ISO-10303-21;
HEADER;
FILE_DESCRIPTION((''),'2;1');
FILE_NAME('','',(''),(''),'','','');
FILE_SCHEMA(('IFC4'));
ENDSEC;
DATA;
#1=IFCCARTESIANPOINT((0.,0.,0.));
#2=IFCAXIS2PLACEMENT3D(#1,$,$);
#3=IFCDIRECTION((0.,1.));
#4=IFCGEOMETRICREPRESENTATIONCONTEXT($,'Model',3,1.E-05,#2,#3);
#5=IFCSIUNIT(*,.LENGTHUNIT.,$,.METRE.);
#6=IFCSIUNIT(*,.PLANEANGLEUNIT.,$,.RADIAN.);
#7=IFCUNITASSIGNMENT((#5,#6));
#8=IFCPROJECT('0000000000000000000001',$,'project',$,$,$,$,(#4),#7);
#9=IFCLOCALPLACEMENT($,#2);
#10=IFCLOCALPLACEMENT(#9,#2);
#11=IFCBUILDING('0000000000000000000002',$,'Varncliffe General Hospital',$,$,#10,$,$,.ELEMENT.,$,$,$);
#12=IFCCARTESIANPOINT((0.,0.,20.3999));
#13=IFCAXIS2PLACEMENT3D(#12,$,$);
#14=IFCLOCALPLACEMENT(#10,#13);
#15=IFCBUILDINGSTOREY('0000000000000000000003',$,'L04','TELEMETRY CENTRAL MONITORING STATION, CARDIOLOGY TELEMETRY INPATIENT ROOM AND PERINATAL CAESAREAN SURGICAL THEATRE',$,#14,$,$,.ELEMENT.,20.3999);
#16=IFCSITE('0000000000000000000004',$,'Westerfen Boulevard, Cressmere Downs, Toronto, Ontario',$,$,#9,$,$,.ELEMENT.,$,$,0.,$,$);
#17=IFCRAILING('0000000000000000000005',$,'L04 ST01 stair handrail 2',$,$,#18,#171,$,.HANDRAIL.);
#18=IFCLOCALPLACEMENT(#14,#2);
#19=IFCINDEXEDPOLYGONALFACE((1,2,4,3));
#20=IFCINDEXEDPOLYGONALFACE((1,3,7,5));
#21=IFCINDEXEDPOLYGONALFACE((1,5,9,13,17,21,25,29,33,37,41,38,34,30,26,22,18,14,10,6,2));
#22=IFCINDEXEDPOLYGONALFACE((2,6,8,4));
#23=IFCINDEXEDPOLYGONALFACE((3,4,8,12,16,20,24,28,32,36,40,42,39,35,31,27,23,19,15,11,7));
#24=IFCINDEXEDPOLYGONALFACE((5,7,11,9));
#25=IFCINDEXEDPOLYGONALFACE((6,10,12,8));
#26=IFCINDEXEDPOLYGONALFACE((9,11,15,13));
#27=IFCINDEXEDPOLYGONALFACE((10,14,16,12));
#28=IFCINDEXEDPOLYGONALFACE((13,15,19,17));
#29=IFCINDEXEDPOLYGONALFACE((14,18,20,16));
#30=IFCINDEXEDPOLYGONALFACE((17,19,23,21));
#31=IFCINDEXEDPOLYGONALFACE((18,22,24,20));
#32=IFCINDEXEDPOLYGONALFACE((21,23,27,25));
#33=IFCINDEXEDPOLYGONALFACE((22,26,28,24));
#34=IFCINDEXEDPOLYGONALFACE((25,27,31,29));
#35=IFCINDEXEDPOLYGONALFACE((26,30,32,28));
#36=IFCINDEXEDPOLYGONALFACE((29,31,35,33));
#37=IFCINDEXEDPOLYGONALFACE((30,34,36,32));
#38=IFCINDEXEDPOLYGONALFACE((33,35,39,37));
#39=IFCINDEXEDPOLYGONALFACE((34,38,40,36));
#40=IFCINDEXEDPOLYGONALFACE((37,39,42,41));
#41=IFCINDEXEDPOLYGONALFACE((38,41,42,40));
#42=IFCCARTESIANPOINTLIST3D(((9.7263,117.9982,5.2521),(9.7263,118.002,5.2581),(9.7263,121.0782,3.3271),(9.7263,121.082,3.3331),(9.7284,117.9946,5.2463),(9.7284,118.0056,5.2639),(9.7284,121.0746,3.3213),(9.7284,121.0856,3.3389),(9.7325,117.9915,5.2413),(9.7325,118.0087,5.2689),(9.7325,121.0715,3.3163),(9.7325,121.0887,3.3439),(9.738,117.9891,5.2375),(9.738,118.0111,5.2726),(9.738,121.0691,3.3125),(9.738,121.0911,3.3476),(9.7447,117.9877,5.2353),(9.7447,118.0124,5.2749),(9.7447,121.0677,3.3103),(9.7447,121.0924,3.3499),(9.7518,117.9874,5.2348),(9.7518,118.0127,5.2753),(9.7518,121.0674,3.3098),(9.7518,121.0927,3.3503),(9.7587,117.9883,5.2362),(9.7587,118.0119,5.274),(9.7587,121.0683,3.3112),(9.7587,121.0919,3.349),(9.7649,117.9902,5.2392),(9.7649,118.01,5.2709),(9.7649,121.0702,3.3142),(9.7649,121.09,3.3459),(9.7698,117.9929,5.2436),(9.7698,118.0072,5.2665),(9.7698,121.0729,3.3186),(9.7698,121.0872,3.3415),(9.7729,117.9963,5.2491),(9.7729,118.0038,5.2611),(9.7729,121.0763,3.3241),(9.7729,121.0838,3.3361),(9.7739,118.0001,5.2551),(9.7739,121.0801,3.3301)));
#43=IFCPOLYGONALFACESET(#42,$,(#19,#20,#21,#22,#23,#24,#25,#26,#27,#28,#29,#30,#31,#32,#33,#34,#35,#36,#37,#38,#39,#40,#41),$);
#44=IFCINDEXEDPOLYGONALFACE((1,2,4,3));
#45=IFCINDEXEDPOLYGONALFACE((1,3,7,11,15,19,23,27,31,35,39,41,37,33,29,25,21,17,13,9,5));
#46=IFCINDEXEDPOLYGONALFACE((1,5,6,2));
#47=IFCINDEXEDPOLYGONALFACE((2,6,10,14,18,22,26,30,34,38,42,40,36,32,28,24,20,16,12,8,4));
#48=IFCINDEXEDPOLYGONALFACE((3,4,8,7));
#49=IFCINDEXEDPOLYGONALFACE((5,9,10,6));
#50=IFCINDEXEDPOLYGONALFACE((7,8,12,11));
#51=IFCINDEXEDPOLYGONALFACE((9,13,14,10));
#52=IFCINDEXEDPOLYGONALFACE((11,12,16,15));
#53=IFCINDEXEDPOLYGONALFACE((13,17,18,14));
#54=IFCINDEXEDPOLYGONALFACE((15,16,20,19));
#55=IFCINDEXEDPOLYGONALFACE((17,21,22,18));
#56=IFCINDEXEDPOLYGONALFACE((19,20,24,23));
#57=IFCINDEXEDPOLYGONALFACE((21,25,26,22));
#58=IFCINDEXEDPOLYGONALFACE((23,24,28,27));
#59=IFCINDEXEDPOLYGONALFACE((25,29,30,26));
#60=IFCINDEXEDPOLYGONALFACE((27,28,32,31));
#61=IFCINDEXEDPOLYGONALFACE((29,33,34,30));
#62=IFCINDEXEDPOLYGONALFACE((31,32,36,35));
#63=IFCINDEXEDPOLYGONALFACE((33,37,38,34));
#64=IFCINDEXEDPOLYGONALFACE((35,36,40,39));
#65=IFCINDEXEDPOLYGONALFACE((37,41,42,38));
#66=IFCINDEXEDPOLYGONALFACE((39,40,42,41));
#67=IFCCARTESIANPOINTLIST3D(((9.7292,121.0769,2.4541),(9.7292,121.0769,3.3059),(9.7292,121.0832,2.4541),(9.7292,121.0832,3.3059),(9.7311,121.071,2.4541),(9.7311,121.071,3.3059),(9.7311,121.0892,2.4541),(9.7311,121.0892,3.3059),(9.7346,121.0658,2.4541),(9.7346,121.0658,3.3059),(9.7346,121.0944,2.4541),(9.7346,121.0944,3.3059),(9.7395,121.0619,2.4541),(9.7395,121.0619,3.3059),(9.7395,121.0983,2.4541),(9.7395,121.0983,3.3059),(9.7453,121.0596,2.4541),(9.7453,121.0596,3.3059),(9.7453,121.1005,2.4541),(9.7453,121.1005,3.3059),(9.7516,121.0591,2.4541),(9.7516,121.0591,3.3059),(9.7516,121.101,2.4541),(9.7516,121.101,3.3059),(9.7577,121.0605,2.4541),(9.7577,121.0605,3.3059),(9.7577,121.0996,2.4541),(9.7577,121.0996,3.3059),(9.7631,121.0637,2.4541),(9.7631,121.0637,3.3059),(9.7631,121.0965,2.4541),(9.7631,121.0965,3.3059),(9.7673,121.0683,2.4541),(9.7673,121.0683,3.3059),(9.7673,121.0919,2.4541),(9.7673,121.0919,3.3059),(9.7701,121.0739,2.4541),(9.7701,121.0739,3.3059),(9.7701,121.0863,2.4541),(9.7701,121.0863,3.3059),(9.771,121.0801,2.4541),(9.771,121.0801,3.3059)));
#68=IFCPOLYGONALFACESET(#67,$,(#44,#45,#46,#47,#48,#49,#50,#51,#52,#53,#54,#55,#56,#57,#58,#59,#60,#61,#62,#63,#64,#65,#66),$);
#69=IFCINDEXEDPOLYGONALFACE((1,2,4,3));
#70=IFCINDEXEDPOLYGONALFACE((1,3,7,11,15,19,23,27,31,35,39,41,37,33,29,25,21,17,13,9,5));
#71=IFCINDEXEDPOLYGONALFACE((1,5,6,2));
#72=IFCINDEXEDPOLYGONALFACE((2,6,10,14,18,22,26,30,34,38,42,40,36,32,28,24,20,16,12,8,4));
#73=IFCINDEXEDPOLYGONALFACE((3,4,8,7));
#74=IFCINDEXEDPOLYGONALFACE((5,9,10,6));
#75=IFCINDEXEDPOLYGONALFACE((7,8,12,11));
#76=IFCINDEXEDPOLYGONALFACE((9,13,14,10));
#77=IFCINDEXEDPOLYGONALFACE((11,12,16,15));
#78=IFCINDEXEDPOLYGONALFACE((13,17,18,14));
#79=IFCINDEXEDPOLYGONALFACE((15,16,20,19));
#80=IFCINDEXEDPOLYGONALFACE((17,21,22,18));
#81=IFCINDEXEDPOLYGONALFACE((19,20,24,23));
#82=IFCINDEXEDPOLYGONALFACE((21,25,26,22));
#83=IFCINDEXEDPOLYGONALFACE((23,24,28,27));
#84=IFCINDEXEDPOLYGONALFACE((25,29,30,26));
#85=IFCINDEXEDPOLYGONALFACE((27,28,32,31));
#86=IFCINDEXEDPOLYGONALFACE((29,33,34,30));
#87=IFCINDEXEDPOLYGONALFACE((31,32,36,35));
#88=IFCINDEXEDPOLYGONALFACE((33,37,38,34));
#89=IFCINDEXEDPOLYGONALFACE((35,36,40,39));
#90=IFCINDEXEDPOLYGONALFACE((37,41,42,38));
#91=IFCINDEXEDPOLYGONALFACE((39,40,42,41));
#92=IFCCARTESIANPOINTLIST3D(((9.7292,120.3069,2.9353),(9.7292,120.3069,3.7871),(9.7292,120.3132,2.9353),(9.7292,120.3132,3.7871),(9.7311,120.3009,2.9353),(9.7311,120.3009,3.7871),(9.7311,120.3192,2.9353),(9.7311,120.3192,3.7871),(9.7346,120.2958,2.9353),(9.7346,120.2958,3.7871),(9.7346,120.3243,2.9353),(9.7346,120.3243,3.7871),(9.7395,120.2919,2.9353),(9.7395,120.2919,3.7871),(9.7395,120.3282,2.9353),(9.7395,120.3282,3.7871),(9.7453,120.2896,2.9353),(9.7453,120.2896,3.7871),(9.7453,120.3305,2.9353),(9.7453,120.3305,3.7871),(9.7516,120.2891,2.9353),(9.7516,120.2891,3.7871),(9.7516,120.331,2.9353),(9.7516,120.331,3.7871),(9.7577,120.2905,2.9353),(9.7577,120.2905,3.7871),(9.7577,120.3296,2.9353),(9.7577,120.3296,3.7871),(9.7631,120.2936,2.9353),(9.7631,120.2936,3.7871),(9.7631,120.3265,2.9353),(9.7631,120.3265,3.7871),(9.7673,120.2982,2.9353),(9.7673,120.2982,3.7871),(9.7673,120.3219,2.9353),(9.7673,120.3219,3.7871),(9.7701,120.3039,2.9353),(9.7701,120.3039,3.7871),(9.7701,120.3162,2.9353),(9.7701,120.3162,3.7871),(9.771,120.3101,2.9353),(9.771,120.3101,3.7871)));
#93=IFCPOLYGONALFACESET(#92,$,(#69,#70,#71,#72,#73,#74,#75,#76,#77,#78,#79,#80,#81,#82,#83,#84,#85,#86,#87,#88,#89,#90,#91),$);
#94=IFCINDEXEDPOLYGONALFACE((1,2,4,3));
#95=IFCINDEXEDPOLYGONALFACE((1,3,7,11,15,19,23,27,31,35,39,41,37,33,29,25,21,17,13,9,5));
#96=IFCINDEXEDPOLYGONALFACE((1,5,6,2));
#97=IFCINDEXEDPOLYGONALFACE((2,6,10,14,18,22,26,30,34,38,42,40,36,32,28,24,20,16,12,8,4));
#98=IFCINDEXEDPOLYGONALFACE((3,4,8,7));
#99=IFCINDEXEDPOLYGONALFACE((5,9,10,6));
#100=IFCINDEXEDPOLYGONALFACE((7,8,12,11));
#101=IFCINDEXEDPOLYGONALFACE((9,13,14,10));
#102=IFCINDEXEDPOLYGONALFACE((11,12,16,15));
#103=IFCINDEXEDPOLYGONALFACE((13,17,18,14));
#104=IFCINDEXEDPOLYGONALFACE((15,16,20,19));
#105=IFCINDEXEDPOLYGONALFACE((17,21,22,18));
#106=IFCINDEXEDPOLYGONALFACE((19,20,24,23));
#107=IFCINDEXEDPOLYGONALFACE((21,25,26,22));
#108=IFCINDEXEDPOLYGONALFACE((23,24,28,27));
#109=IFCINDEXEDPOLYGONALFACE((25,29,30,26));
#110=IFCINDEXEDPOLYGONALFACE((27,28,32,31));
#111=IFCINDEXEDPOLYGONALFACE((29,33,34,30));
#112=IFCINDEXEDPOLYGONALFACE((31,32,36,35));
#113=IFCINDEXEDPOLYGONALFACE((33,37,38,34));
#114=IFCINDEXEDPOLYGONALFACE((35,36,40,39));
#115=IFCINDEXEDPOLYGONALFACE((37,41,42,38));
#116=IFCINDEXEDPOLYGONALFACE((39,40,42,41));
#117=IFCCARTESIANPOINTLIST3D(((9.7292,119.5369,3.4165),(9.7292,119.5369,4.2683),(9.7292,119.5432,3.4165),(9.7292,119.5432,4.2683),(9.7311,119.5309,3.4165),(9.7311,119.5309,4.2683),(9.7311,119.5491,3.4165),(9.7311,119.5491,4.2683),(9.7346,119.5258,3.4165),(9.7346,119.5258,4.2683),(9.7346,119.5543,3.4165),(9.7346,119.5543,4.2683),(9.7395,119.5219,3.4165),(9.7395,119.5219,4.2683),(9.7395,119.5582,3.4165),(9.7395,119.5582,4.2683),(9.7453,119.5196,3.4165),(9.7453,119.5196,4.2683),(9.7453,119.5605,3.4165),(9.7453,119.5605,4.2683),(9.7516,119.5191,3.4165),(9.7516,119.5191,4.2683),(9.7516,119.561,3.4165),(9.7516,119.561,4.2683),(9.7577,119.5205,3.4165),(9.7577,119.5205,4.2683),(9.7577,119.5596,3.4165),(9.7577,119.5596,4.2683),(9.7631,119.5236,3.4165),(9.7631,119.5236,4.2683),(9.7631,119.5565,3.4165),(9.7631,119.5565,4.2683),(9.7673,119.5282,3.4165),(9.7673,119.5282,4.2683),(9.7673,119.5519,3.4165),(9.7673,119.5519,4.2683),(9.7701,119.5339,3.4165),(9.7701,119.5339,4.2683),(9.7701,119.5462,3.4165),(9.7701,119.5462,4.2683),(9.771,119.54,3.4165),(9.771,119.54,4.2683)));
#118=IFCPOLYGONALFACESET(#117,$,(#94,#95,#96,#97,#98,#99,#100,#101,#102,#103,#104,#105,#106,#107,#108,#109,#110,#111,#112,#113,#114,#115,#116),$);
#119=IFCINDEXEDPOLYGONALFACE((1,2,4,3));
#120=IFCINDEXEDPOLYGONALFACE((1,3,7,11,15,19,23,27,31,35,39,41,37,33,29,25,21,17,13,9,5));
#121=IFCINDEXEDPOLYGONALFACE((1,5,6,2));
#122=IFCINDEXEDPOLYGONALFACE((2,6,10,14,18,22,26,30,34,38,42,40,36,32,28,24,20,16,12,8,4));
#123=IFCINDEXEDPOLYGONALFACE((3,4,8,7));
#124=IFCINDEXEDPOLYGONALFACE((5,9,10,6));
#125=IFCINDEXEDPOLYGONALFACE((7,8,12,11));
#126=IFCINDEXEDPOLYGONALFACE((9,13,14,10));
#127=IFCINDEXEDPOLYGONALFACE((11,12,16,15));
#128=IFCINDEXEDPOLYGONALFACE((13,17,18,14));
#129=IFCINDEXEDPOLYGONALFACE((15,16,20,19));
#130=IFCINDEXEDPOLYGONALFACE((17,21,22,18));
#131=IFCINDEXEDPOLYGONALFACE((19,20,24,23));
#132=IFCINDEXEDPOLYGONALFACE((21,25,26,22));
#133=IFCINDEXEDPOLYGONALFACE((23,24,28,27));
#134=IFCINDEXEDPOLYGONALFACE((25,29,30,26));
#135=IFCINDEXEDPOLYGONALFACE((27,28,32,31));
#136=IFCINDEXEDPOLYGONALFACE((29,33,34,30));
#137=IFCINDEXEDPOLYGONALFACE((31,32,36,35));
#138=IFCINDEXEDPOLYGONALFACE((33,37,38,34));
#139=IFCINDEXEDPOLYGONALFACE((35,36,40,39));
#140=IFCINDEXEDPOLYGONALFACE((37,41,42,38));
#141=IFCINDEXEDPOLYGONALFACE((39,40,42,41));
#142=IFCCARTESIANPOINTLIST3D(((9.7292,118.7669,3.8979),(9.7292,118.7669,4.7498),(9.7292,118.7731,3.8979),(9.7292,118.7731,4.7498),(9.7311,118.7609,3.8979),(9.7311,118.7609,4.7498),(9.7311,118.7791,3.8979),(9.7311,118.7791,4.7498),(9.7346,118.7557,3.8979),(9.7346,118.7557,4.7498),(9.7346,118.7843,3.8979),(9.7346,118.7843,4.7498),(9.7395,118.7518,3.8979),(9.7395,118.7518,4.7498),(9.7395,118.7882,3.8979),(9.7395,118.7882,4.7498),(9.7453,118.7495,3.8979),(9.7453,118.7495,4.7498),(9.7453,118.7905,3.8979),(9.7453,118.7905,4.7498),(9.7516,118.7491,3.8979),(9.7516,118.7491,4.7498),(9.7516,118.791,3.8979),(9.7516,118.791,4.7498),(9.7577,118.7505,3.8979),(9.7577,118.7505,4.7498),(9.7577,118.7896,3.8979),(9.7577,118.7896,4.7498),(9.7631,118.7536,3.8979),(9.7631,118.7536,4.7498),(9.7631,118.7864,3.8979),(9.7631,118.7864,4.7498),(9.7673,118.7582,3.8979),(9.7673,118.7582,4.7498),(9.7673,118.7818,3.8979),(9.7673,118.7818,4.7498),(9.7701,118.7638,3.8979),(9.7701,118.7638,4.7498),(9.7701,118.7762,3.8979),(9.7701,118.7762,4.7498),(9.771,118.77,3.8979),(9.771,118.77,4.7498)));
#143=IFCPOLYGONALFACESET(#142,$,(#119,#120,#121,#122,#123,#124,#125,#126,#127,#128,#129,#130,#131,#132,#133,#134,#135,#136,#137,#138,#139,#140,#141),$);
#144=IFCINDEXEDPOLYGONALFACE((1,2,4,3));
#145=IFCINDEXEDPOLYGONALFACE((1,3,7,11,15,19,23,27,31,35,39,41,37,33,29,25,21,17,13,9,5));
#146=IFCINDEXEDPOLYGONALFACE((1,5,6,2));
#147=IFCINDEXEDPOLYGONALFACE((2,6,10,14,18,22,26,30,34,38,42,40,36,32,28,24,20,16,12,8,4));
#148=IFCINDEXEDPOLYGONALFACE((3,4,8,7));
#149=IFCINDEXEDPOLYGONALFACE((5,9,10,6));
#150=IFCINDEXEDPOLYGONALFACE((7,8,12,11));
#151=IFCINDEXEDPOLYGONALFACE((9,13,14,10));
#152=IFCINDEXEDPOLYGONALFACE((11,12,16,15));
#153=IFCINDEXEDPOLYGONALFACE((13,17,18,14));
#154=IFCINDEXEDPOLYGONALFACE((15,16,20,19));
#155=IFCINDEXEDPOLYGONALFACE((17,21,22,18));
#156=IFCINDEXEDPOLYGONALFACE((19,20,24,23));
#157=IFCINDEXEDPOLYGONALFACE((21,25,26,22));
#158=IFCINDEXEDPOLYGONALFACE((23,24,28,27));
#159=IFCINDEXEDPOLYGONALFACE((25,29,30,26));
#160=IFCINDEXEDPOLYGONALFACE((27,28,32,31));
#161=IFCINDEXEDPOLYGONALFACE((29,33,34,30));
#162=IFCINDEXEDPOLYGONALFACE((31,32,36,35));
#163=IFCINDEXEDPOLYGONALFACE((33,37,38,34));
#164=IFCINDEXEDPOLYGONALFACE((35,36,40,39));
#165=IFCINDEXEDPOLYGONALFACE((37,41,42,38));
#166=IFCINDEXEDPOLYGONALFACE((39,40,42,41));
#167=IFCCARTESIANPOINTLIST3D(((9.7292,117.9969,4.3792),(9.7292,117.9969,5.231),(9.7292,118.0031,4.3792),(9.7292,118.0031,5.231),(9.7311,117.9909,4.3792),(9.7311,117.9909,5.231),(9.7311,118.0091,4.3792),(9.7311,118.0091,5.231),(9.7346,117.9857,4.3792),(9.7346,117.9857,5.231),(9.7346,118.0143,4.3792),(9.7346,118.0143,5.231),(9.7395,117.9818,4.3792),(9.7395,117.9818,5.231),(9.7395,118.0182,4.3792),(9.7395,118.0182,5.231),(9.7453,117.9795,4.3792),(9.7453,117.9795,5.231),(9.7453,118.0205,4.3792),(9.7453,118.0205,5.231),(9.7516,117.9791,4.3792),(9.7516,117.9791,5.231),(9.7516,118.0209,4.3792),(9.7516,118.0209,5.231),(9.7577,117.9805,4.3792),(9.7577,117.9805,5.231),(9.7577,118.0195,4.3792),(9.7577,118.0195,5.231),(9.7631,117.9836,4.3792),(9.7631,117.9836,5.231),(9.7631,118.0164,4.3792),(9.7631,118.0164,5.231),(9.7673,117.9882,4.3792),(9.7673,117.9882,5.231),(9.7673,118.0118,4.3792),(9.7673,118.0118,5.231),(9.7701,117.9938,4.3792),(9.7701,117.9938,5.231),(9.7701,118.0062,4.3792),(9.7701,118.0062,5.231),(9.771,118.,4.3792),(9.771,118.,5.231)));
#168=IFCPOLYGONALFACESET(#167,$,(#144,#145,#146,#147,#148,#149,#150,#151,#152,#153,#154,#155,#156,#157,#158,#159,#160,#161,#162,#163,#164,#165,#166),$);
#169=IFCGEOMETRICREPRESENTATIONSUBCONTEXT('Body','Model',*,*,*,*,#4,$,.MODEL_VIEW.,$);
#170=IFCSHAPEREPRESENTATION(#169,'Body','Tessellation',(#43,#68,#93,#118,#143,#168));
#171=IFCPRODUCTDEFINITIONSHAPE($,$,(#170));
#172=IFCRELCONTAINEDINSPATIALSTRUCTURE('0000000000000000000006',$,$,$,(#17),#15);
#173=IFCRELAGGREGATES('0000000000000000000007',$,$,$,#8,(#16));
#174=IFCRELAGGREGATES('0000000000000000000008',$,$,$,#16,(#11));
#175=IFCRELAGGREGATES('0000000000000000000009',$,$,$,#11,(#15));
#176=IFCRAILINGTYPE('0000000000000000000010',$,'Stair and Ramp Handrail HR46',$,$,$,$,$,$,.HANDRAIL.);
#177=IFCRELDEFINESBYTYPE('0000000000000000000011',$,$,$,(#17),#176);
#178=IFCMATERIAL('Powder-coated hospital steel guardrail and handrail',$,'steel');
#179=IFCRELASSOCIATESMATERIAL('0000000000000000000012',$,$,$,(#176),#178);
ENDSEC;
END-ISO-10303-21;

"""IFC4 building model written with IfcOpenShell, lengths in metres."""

from ifc_helpers import new_model, si_unit, direction, frame, origin, origin_2d, place, context, subcontext, project, spatial, circle, extrude, material, type_object, element, save


model = new_model("IFC4")

# Units and contexts
model_context = context("Model", 3, precision=1e-05, world=origin(), true_north=direction((0.0, 1.0)))
body_context = subcontext(model_context, "Body", "Model", "MODEL_VIEW")
ifc_project = project(units=[si_unit("LENGTHUNIT", "METRE"), si_unit("PLANEANGLEUNIT", "RADIAN")], contexts=[model_context])

# Site, building, storey
site_placement = place(None, origin())
site = spatial("IfcSite", under=ifc_project, at=site_placement, Name="Westerfen Boulevard, Cressmere Downs, Toronto, Ontario", CompositionType="ELEMENT", RefElevation=0.0)
building_placement = place(site_placement, origin())
building = spatial("IfcBuilding", under=site, at=building_placement, Name="Varncliffe General Hospital", CompositionType="ELEMENT")
storey_placement = place(building_placement, frame((0.0, 0.0, 20.3999)))
storey = spatial("IfcBuildingStorey", under=building, at=storey_placement, Name="L04", Description="TELEMETRY CENTRAL MONITORING STATION, CARDIOLOGY TELEMETRY INPATIENT ROOM AND PERINATAL CAESAREAN SURGICAL THEATRE", CompositionType="ELEMENT", Elevation=20.3999)

# Railing
ifc_material_1 = material(Name="Powder-coated hospital steel guardrail and handrail", Category="steel")
railing_type_1 = type_object("IfcRailingType", Name="Stair and Ramp Handrail HR46", PredefinedType="HANDRAIL", material=ifc_material_1)
railing_1_placement = place(storey_placement, frame((9.75, 121.0801, 2.4541)))
element("IfcRailing", 1, at=railing_1_placement, inside=storey, type_object=railing_type_1, Name="L04 ST01 stair handrail 2", PredefinedType="HANDRAIL", context=body_context, shape_type="SweptSolid", body=[
    extrude(circle(Radius=0.0239, at=origin_2d()), frame((0.0, 0.0, 0.876), z_axis=(0.0, -0.847998, 0.529999), x_axis=(1.0, 0.0, 0.0)), (0.0, 0.0, 1.0), 3.6321),
    extrude(circle(Radius=0.021, at=origin_2d()), origin(), (0.0, 0.0, 1.0), 0.8518),
    extrude(circle(Radius=0.021, at=origin_2d()), frame((0.0, -0.77, 0.4812)), (0.0, 0.0, 1.0), 0.8518),
    extrude(circle(Radius=0.021, at=origin_2d()), frame((0.0, -1.54, 0.9624)), (0.0, 0.0, 1.0), 0.8518),
    extrude(circle(Radius=0.021, at=origin_2d()), frame((0.0, -2.3101, 1.4438)), (0.0, 0.0, 1.0), 0.8518),
    extrude(circle(Radius=0.021, at=origin_2d()), frame((0.0, -3.0801, 1.925)), (0.0, 0.0, 1.0), 0.8518),
])

save(model, "model.ifc")
